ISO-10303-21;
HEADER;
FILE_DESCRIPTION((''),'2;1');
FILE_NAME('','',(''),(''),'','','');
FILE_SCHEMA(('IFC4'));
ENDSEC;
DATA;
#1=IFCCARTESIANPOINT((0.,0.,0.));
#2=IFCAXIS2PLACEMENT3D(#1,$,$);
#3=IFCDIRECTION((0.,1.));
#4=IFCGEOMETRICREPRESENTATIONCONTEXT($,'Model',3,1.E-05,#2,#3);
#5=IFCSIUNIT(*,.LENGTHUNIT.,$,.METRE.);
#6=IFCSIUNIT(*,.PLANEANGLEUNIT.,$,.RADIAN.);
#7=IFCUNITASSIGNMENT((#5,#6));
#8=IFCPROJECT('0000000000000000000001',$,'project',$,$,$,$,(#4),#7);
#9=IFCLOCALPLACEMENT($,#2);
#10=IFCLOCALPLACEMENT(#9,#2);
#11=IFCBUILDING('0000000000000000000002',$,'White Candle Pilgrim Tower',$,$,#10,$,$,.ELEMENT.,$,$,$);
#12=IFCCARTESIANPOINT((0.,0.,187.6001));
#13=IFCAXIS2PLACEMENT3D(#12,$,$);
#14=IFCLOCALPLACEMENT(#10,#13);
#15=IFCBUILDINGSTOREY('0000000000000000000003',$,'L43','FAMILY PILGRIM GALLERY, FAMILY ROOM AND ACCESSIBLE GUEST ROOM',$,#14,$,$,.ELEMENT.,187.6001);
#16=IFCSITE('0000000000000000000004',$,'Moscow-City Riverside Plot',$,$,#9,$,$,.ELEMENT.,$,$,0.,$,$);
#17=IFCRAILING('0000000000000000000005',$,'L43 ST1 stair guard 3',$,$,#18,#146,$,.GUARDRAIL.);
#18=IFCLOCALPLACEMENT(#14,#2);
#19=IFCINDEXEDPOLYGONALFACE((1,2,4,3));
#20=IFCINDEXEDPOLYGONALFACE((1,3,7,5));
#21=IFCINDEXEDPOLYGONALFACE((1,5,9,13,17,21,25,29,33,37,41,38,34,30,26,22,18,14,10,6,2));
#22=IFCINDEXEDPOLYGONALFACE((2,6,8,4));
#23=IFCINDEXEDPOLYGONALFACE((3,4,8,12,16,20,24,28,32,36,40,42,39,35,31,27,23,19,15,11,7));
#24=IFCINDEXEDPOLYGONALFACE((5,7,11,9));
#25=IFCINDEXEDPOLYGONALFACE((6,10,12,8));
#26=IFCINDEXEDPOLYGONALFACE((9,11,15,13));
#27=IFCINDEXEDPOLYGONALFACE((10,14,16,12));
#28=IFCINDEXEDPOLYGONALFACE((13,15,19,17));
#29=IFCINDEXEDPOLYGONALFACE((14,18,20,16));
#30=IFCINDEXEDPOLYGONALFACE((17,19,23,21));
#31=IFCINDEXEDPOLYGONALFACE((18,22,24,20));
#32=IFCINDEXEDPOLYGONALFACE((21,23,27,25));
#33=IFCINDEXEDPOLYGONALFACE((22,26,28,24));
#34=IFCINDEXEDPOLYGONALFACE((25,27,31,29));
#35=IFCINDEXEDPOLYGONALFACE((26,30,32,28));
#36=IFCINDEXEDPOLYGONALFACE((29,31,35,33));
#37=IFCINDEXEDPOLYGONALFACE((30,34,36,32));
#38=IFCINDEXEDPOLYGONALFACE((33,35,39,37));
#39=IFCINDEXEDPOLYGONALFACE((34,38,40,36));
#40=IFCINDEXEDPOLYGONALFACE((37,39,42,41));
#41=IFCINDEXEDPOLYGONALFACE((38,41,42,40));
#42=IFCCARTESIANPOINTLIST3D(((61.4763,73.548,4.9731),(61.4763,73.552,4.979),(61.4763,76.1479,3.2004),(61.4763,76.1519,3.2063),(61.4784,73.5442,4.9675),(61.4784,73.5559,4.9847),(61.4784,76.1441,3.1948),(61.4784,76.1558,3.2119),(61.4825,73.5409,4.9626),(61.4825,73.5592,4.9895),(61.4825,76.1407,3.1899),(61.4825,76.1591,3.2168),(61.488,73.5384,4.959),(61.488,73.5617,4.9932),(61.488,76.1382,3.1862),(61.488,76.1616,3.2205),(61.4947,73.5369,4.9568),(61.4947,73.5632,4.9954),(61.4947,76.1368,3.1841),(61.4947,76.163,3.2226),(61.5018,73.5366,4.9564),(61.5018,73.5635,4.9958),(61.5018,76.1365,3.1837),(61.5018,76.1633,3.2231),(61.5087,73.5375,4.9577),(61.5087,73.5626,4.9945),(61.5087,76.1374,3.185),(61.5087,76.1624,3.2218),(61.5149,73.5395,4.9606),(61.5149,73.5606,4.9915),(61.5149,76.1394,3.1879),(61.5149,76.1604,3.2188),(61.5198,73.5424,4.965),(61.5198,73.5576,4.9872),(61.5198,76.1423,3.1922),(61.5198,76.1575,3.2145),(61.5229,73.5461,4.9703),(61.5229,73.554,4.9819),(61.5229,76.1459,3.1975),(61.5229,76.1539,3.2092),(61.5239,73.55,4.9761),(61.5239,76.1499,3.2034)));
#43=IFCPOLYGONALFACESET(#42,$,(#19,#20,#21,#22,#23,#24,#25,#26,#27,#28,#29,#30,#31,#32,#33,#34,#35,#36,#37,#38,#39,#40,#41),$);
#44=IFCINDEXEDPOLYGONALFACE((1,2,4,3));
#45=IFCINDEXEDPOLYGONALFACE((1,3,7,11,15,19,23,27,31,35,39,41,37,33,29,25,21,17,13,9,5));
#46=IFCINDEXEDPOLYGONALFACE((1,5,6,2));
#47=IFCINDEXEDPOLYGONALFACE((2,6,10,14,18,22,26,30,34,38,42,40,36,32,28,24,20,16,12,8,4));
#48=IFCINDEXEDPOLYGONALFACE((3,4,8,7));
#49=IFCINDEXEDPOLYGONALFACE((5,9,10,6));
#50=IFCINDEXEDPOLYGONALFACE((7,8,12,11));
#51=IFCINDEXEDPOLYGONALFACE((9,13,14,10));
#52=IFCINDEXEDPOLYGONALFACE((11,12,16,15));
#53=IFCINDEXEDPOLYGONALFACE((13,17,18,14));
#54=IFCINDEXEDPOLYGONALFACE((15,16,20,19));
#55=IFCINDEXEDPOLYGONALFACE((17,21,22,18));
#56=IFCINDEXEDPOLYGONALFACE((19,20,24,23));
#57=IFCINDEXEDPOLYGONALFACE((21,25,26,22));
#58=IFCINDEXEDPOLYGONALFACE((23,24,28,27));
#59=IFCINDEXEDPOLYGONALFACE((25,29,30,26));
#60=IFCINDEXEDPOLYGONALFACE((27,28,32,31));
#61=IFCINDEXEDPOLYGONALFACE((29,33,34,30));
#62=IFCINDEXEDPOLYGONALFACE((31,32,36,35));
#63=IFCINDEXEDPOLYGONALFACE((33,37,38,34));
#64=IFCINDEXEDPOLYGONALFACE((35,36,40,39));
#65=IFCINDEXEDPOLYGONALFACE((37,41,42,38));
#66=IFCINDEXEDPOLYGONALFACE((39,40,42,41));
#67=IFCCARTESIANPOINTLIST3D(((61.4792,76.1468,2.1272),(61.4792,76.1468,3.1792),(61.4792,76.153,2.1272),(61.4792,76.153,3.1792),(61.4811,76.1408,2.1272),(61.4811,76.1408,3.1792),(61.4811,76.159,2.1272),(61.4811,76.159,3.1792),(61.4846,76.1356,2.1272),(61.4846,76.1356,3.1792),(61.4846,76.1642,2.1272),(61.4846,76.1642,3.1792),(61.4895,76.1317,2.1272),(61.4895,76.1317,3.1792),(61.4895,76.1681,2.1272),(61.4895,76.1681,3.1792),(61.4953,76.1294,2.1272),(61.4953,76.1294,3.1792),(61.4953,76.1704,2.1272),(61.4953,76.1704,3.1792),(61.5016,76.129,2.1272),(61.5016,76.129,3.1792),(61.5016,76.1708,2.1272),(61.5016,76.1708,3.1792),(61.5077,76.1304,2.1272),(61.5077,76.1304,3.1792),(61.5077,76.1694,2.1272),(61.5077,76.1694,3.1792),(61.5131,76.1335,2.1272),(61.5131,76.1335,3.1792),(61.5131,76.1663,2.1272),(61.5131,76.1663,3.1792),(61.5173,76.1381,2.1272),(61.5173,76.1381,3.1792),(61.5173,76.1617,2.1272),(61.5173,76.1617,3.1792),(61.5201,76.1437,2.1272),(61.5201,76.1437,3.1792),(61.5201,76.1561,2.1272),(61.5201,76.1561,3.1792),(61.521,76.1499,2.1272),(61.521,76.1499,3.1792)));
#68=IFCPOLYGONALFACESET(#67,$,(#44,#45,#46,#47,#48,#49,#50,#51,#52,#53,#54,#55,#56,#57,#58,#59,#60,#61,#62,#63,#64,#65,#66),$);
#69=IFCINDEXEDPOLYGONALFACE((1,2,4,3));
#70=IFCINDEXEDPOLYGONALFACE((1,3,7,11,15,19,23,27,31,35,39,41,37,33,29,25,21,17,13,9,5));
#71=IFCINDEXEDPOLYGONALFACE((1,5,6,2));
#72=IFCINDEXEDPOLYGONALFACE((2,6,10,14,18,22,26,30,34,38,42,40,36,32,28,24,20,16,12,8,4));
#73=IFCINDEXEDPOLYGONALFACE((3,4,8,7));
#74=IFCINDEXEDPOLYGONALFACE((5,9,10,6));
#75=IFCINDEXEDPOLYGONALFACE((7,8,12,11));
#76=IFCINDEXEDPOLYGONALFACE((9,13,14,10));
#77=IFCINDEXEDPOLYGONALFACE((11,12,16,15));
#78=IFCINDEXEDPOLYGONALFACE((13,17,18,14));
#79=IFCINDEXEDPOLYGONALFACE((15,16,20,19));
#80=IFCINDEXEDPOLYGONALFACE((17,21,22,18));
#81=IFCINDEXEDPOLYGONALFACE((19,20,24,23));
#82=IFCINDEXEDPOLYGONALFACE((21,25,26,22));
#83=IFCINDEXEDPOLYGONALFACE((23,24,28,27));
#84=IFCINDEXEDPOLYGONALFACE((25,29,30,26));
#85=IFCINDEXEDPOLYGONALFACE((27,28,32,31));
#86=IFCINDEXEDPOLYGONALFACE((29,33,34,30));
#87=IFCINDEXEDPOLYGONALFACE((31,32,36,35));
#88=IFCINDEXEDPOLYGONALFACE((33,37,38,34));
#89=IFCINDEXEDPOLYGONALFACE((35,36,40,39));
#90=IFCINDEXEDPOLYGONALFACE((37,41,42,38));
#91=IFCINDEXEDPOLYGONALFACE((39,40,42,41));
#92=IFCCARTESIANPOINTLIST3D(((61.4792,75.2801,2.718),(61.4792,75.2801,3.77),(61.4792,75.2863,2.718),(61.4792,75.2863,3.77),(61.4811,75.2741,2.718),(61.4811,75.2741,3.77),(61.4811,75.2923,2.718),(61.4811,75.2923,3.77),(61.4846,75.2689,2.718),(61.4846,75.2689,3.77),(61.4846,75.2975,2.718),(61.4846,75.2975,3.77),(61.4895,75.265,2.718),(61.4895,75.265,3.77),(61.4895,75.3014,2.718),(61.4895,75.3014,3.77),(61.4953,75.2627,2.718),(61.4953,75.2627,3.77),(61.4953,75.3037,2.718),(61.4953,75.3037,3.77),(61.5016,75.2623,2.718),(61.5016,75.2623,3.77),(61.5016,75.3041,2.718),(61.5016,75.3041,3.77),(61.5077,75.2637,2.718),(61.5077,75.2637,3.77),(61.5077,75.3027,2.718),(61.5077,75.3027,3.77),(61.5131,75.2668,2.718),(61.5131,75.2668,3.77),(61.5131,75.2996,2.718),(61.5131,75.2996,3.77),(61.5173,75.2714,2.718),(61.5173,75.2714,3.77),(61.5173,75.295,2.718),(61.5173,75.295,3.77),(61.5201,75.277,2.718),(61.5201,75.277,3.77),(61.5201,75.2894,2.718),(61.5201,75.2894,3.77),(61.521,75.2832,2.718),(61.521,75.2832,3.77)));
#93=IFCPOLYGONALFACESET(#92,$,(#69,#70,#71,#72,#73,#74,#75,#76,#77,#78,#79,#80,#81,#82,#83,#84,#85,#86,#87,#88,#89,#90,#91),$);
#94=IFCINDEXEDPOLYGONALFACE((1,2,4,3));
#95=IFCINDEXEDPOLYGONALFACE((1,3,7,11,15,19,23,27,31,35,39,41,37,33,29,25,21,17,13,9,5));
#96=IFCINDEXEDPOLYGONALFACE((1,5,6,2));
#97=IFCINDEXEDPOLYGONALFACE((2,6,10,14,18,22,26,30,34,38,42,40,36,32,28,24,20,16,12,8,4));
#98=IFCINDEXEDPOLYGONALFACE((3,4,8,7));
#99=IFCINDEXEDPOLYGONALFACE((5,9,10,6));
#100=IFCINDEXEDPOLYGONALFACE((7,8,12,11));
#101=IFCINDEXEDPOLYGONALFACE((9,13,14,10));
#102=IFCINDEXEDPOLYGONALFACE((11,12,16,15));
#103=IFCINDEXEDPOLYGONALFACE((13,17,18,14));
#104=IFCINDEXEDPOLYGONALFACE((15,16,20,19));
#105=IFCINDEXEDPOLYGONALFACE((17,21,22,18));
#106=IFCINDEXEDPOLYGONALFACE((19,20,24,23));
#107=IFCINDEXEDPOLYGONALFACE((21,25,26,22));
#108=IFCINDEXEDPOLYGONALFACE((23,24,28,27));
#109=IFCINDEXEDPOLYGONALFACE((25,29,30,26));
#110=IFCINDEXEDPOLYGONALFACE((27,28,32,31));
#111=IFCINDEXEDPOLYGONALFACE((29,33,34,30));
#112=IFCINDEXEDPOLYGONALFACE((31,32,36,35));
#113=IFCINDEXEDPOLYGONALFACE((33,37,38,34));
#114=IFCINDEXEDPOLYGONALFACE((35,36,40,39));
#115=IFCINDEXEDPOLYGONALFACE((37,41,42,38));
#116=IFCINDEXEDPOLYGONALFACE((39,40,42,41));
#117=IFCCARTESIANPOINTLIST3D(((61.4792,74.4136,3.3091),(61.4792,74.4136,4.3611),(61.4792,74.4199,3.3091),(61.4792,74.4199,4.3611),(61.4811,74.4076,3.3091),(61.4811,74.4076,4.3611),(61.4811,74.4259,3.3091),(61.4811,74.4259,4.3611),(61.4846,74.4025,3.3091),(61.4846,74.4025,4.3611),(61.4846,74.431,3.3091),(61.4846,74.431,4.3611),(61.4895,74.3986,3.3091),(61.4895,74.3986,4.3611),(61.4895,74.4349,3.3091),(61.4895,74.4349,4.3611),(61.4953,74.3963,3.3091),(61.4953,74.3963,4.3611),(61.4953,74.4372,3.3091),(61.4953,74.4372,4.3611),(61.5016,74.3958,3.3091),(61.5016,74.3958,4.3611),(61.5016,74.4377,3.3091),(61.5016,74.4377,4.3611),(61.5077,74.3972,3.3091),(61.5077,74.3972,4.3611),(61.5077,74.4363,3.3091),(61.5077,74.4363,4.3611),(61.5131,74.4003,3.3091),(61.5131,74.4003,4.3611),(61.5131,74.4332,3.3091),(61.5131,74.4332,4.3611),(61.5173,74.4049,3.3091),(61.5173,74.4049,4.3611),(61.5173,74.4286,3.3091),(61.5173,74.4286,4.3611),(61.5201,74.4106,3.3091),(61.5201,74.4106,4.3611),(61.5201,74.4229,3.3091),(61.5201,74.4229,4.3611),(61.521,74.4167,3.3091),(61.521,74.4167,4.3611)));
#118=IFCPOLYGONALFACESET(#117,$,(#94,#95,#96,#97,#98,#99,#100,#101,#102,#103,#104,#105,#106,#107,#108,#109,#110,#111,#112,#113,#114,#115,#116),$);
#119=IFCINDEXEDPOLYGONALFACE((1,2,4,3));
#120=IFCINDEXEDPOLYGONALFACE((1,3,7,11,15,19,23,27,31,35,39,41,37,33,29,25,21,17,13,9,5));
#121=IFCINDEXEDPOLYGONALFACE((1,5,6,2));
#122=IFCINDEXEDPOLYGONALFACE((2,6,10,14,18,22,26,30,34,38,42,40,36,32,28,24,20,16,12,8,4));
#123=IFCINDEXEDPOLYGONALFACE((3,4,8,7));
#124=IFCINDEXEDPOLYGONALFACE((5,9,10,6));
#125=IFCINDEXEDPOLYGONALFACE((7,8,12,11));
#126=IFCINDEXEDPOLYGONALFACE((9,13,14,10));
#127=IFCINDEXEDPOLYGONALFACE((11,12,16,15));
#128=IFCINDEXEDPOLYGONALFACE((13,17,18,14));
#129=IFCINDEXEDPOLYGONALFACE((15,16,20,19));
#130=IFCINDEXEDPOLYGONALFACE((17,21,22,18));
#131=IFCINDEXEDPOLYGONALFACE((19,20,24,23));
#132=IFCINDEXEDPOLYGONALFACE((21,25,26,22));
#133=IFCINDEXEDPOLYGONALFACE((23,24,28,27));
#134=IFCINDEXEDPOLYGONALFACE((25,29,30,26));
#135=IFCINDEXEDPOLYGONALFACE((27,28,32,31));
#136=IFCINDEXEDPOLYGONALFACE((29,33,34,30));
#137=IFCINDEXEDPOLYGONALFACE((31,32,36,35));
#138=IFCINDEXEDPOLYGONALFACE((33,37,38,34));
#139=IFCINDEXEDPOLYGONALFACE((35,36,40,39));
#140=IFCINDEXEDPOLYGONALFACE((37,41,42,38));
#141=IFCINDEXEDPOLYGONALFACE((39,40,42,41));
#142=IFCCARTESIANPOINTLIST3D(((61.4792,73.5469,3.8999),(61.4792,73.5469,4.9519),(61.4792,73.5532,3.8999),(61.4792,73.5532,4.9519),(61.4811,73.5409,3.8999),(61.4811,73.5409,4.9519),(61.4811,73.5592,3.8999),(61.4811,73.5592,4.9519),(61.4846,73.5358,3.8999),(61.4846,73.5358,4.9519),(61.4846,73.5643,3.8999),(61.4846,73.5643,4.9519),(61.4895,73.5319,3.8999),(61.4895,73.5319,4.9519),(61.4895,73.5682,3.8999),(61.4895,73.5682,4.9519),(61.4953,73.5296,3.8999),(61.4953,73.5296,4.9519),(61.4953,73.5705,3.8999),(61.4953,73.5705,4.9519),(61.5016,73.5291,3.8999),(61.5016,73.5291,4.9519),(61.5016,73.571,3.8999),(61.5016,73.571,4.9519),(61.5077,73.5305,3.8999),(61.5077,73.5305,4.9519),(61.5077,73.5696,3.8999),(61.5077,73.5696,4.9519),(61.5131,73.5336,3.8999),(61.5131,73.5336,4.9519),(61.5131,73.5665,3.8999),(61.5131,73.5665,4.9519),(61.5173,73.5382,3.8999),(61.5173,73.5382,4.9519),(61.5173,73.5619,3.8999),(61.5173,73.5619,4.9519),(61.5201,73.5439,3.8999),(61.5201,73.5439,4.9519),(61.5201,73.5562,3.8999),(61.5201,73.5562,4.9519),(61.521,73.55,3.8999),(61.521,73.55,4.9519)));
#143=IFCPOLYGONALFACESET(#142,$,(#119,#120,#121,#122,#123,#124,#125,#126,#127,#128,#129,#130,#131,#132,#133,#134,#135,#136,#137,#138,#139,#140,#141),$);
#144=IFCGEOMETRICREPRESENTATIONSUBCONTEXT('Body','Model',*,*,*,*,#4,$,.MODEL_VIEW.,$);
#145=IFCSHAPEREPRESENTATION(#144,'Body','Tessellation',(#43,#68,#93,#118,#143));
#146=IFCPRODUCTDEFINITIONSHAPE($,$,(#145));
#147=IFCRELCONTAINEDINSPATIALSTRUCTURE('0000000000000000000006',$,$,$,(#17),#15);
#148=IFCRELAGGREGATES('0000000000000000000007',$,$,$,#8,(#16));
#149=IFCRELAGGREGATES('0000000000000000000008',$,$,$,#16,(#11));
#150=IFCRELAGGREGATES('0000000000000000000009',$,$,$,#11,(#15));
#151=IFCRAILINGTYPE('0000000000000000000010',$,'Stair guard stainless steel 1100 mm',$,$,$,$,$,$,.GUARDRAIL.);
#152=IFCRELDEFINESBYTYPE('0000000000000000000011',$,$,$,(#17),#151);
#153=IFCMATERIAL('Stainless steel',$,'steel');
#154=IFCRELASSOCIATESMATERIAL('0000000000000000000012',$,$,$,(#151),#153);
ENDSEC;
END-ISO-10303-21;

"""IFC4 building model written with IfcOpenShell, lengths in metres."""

from ifc_helpers import new_model, si_unit, direction, frame, origin, origin_2d, place, context, subcontext, project, spatial, circle, extrude, material, type_object, element, save


model = new_model("IFC4")

# Units and contexts
model_context = context("Model", 3, precision=1e-05, world=origin(), true_north=direction((0.0, 1.0)))
body_context = subcontext(model_context, "Body", "Model", "MODEL_VIEW")
ifc_project = project(units=[si_unit("LENGTHUNIT", "METRE"), si_unit("PLANEANGLEUNIT", "RADIAN")], contexts=[model_context])

# Site, building, storey
site_placement = place(None, origin())
site = spatial("IfcSite", under=ifc_project, at=site_placement, Name="Moscow-City Riverside Plot", CompositionType="ELEMENT", RefElevation=0.0)
building_placement = place(site_placement, origin())
building = spatial("IfcBuilding", under=site, at=building_placement, Name="White Candle Pilgrim Tower", CompositionType="ELEMENT")
storey_placement = place(building_placement, frame((0.0, 0.0, 187.6001)))
storey = spatial("IfcBuildingStorey", under=building, at=storey_placement, Name="L43", Description="FAMILY PILGRIM GALLERY, FAMILY ROOM AND ACCESSIBLE GUEST ROOM", CompositionType="ELEMENT", Elevation=187.6001)

# Shared definitions
ifc_material_1 = material(Name="Stainless steel", Category="steel")

# Railing
railing_type_1 = type_object("IfcRailingType", Name="Stair guard stainless steel 1100 mm", PredefinedType="GUARDRAIL", material=ifc_material_1)
railing_1_placement = place(storey_placement, frame((61.5, 76.1499, 2.1272)))
element("IfcRailing", 1, at=railing_1_placement, inside=storey, type_object=railing_type_1, Name="L43 ST1 stair guard 3", PredefinedType="GUARDRAIL", context=body_context, shape_type="SweptSolid", body=[
    extrude(circle(Radius=0.0239, at=origin_2d()), frame((0.0, 0.0, 1.0762), z_axis=(0.0, -0.826216, 0.563354), x_axis=(1.0, 0.0, 0.0)), (0.0, 0.0, 1.0), 3.1467),
    extrude(circle(Radius=0.021, at=origin_2d()), origin(), (0.0, 0.0, 1.0), 1.052),
    extrude(circle(Radius=0.021, at=origin_2d()), frame((0.0, -0.8667, 0.5908)), (0.0, 0.0, 1.0), 1.052),
    extrude(circle(Radius=0.021, at=origin_2d()), frame((0.0, -1.7332, 1.1819)), (0.0, 0.0, 1.0), 1.052),
    extrude(circle(Radius=0.021, at=origin_2d()), frame((0.0, -2.5999, 1.7727)), (0.0, 0.0, 1.0), 1.052),
])

save(model, "model.ifc")
